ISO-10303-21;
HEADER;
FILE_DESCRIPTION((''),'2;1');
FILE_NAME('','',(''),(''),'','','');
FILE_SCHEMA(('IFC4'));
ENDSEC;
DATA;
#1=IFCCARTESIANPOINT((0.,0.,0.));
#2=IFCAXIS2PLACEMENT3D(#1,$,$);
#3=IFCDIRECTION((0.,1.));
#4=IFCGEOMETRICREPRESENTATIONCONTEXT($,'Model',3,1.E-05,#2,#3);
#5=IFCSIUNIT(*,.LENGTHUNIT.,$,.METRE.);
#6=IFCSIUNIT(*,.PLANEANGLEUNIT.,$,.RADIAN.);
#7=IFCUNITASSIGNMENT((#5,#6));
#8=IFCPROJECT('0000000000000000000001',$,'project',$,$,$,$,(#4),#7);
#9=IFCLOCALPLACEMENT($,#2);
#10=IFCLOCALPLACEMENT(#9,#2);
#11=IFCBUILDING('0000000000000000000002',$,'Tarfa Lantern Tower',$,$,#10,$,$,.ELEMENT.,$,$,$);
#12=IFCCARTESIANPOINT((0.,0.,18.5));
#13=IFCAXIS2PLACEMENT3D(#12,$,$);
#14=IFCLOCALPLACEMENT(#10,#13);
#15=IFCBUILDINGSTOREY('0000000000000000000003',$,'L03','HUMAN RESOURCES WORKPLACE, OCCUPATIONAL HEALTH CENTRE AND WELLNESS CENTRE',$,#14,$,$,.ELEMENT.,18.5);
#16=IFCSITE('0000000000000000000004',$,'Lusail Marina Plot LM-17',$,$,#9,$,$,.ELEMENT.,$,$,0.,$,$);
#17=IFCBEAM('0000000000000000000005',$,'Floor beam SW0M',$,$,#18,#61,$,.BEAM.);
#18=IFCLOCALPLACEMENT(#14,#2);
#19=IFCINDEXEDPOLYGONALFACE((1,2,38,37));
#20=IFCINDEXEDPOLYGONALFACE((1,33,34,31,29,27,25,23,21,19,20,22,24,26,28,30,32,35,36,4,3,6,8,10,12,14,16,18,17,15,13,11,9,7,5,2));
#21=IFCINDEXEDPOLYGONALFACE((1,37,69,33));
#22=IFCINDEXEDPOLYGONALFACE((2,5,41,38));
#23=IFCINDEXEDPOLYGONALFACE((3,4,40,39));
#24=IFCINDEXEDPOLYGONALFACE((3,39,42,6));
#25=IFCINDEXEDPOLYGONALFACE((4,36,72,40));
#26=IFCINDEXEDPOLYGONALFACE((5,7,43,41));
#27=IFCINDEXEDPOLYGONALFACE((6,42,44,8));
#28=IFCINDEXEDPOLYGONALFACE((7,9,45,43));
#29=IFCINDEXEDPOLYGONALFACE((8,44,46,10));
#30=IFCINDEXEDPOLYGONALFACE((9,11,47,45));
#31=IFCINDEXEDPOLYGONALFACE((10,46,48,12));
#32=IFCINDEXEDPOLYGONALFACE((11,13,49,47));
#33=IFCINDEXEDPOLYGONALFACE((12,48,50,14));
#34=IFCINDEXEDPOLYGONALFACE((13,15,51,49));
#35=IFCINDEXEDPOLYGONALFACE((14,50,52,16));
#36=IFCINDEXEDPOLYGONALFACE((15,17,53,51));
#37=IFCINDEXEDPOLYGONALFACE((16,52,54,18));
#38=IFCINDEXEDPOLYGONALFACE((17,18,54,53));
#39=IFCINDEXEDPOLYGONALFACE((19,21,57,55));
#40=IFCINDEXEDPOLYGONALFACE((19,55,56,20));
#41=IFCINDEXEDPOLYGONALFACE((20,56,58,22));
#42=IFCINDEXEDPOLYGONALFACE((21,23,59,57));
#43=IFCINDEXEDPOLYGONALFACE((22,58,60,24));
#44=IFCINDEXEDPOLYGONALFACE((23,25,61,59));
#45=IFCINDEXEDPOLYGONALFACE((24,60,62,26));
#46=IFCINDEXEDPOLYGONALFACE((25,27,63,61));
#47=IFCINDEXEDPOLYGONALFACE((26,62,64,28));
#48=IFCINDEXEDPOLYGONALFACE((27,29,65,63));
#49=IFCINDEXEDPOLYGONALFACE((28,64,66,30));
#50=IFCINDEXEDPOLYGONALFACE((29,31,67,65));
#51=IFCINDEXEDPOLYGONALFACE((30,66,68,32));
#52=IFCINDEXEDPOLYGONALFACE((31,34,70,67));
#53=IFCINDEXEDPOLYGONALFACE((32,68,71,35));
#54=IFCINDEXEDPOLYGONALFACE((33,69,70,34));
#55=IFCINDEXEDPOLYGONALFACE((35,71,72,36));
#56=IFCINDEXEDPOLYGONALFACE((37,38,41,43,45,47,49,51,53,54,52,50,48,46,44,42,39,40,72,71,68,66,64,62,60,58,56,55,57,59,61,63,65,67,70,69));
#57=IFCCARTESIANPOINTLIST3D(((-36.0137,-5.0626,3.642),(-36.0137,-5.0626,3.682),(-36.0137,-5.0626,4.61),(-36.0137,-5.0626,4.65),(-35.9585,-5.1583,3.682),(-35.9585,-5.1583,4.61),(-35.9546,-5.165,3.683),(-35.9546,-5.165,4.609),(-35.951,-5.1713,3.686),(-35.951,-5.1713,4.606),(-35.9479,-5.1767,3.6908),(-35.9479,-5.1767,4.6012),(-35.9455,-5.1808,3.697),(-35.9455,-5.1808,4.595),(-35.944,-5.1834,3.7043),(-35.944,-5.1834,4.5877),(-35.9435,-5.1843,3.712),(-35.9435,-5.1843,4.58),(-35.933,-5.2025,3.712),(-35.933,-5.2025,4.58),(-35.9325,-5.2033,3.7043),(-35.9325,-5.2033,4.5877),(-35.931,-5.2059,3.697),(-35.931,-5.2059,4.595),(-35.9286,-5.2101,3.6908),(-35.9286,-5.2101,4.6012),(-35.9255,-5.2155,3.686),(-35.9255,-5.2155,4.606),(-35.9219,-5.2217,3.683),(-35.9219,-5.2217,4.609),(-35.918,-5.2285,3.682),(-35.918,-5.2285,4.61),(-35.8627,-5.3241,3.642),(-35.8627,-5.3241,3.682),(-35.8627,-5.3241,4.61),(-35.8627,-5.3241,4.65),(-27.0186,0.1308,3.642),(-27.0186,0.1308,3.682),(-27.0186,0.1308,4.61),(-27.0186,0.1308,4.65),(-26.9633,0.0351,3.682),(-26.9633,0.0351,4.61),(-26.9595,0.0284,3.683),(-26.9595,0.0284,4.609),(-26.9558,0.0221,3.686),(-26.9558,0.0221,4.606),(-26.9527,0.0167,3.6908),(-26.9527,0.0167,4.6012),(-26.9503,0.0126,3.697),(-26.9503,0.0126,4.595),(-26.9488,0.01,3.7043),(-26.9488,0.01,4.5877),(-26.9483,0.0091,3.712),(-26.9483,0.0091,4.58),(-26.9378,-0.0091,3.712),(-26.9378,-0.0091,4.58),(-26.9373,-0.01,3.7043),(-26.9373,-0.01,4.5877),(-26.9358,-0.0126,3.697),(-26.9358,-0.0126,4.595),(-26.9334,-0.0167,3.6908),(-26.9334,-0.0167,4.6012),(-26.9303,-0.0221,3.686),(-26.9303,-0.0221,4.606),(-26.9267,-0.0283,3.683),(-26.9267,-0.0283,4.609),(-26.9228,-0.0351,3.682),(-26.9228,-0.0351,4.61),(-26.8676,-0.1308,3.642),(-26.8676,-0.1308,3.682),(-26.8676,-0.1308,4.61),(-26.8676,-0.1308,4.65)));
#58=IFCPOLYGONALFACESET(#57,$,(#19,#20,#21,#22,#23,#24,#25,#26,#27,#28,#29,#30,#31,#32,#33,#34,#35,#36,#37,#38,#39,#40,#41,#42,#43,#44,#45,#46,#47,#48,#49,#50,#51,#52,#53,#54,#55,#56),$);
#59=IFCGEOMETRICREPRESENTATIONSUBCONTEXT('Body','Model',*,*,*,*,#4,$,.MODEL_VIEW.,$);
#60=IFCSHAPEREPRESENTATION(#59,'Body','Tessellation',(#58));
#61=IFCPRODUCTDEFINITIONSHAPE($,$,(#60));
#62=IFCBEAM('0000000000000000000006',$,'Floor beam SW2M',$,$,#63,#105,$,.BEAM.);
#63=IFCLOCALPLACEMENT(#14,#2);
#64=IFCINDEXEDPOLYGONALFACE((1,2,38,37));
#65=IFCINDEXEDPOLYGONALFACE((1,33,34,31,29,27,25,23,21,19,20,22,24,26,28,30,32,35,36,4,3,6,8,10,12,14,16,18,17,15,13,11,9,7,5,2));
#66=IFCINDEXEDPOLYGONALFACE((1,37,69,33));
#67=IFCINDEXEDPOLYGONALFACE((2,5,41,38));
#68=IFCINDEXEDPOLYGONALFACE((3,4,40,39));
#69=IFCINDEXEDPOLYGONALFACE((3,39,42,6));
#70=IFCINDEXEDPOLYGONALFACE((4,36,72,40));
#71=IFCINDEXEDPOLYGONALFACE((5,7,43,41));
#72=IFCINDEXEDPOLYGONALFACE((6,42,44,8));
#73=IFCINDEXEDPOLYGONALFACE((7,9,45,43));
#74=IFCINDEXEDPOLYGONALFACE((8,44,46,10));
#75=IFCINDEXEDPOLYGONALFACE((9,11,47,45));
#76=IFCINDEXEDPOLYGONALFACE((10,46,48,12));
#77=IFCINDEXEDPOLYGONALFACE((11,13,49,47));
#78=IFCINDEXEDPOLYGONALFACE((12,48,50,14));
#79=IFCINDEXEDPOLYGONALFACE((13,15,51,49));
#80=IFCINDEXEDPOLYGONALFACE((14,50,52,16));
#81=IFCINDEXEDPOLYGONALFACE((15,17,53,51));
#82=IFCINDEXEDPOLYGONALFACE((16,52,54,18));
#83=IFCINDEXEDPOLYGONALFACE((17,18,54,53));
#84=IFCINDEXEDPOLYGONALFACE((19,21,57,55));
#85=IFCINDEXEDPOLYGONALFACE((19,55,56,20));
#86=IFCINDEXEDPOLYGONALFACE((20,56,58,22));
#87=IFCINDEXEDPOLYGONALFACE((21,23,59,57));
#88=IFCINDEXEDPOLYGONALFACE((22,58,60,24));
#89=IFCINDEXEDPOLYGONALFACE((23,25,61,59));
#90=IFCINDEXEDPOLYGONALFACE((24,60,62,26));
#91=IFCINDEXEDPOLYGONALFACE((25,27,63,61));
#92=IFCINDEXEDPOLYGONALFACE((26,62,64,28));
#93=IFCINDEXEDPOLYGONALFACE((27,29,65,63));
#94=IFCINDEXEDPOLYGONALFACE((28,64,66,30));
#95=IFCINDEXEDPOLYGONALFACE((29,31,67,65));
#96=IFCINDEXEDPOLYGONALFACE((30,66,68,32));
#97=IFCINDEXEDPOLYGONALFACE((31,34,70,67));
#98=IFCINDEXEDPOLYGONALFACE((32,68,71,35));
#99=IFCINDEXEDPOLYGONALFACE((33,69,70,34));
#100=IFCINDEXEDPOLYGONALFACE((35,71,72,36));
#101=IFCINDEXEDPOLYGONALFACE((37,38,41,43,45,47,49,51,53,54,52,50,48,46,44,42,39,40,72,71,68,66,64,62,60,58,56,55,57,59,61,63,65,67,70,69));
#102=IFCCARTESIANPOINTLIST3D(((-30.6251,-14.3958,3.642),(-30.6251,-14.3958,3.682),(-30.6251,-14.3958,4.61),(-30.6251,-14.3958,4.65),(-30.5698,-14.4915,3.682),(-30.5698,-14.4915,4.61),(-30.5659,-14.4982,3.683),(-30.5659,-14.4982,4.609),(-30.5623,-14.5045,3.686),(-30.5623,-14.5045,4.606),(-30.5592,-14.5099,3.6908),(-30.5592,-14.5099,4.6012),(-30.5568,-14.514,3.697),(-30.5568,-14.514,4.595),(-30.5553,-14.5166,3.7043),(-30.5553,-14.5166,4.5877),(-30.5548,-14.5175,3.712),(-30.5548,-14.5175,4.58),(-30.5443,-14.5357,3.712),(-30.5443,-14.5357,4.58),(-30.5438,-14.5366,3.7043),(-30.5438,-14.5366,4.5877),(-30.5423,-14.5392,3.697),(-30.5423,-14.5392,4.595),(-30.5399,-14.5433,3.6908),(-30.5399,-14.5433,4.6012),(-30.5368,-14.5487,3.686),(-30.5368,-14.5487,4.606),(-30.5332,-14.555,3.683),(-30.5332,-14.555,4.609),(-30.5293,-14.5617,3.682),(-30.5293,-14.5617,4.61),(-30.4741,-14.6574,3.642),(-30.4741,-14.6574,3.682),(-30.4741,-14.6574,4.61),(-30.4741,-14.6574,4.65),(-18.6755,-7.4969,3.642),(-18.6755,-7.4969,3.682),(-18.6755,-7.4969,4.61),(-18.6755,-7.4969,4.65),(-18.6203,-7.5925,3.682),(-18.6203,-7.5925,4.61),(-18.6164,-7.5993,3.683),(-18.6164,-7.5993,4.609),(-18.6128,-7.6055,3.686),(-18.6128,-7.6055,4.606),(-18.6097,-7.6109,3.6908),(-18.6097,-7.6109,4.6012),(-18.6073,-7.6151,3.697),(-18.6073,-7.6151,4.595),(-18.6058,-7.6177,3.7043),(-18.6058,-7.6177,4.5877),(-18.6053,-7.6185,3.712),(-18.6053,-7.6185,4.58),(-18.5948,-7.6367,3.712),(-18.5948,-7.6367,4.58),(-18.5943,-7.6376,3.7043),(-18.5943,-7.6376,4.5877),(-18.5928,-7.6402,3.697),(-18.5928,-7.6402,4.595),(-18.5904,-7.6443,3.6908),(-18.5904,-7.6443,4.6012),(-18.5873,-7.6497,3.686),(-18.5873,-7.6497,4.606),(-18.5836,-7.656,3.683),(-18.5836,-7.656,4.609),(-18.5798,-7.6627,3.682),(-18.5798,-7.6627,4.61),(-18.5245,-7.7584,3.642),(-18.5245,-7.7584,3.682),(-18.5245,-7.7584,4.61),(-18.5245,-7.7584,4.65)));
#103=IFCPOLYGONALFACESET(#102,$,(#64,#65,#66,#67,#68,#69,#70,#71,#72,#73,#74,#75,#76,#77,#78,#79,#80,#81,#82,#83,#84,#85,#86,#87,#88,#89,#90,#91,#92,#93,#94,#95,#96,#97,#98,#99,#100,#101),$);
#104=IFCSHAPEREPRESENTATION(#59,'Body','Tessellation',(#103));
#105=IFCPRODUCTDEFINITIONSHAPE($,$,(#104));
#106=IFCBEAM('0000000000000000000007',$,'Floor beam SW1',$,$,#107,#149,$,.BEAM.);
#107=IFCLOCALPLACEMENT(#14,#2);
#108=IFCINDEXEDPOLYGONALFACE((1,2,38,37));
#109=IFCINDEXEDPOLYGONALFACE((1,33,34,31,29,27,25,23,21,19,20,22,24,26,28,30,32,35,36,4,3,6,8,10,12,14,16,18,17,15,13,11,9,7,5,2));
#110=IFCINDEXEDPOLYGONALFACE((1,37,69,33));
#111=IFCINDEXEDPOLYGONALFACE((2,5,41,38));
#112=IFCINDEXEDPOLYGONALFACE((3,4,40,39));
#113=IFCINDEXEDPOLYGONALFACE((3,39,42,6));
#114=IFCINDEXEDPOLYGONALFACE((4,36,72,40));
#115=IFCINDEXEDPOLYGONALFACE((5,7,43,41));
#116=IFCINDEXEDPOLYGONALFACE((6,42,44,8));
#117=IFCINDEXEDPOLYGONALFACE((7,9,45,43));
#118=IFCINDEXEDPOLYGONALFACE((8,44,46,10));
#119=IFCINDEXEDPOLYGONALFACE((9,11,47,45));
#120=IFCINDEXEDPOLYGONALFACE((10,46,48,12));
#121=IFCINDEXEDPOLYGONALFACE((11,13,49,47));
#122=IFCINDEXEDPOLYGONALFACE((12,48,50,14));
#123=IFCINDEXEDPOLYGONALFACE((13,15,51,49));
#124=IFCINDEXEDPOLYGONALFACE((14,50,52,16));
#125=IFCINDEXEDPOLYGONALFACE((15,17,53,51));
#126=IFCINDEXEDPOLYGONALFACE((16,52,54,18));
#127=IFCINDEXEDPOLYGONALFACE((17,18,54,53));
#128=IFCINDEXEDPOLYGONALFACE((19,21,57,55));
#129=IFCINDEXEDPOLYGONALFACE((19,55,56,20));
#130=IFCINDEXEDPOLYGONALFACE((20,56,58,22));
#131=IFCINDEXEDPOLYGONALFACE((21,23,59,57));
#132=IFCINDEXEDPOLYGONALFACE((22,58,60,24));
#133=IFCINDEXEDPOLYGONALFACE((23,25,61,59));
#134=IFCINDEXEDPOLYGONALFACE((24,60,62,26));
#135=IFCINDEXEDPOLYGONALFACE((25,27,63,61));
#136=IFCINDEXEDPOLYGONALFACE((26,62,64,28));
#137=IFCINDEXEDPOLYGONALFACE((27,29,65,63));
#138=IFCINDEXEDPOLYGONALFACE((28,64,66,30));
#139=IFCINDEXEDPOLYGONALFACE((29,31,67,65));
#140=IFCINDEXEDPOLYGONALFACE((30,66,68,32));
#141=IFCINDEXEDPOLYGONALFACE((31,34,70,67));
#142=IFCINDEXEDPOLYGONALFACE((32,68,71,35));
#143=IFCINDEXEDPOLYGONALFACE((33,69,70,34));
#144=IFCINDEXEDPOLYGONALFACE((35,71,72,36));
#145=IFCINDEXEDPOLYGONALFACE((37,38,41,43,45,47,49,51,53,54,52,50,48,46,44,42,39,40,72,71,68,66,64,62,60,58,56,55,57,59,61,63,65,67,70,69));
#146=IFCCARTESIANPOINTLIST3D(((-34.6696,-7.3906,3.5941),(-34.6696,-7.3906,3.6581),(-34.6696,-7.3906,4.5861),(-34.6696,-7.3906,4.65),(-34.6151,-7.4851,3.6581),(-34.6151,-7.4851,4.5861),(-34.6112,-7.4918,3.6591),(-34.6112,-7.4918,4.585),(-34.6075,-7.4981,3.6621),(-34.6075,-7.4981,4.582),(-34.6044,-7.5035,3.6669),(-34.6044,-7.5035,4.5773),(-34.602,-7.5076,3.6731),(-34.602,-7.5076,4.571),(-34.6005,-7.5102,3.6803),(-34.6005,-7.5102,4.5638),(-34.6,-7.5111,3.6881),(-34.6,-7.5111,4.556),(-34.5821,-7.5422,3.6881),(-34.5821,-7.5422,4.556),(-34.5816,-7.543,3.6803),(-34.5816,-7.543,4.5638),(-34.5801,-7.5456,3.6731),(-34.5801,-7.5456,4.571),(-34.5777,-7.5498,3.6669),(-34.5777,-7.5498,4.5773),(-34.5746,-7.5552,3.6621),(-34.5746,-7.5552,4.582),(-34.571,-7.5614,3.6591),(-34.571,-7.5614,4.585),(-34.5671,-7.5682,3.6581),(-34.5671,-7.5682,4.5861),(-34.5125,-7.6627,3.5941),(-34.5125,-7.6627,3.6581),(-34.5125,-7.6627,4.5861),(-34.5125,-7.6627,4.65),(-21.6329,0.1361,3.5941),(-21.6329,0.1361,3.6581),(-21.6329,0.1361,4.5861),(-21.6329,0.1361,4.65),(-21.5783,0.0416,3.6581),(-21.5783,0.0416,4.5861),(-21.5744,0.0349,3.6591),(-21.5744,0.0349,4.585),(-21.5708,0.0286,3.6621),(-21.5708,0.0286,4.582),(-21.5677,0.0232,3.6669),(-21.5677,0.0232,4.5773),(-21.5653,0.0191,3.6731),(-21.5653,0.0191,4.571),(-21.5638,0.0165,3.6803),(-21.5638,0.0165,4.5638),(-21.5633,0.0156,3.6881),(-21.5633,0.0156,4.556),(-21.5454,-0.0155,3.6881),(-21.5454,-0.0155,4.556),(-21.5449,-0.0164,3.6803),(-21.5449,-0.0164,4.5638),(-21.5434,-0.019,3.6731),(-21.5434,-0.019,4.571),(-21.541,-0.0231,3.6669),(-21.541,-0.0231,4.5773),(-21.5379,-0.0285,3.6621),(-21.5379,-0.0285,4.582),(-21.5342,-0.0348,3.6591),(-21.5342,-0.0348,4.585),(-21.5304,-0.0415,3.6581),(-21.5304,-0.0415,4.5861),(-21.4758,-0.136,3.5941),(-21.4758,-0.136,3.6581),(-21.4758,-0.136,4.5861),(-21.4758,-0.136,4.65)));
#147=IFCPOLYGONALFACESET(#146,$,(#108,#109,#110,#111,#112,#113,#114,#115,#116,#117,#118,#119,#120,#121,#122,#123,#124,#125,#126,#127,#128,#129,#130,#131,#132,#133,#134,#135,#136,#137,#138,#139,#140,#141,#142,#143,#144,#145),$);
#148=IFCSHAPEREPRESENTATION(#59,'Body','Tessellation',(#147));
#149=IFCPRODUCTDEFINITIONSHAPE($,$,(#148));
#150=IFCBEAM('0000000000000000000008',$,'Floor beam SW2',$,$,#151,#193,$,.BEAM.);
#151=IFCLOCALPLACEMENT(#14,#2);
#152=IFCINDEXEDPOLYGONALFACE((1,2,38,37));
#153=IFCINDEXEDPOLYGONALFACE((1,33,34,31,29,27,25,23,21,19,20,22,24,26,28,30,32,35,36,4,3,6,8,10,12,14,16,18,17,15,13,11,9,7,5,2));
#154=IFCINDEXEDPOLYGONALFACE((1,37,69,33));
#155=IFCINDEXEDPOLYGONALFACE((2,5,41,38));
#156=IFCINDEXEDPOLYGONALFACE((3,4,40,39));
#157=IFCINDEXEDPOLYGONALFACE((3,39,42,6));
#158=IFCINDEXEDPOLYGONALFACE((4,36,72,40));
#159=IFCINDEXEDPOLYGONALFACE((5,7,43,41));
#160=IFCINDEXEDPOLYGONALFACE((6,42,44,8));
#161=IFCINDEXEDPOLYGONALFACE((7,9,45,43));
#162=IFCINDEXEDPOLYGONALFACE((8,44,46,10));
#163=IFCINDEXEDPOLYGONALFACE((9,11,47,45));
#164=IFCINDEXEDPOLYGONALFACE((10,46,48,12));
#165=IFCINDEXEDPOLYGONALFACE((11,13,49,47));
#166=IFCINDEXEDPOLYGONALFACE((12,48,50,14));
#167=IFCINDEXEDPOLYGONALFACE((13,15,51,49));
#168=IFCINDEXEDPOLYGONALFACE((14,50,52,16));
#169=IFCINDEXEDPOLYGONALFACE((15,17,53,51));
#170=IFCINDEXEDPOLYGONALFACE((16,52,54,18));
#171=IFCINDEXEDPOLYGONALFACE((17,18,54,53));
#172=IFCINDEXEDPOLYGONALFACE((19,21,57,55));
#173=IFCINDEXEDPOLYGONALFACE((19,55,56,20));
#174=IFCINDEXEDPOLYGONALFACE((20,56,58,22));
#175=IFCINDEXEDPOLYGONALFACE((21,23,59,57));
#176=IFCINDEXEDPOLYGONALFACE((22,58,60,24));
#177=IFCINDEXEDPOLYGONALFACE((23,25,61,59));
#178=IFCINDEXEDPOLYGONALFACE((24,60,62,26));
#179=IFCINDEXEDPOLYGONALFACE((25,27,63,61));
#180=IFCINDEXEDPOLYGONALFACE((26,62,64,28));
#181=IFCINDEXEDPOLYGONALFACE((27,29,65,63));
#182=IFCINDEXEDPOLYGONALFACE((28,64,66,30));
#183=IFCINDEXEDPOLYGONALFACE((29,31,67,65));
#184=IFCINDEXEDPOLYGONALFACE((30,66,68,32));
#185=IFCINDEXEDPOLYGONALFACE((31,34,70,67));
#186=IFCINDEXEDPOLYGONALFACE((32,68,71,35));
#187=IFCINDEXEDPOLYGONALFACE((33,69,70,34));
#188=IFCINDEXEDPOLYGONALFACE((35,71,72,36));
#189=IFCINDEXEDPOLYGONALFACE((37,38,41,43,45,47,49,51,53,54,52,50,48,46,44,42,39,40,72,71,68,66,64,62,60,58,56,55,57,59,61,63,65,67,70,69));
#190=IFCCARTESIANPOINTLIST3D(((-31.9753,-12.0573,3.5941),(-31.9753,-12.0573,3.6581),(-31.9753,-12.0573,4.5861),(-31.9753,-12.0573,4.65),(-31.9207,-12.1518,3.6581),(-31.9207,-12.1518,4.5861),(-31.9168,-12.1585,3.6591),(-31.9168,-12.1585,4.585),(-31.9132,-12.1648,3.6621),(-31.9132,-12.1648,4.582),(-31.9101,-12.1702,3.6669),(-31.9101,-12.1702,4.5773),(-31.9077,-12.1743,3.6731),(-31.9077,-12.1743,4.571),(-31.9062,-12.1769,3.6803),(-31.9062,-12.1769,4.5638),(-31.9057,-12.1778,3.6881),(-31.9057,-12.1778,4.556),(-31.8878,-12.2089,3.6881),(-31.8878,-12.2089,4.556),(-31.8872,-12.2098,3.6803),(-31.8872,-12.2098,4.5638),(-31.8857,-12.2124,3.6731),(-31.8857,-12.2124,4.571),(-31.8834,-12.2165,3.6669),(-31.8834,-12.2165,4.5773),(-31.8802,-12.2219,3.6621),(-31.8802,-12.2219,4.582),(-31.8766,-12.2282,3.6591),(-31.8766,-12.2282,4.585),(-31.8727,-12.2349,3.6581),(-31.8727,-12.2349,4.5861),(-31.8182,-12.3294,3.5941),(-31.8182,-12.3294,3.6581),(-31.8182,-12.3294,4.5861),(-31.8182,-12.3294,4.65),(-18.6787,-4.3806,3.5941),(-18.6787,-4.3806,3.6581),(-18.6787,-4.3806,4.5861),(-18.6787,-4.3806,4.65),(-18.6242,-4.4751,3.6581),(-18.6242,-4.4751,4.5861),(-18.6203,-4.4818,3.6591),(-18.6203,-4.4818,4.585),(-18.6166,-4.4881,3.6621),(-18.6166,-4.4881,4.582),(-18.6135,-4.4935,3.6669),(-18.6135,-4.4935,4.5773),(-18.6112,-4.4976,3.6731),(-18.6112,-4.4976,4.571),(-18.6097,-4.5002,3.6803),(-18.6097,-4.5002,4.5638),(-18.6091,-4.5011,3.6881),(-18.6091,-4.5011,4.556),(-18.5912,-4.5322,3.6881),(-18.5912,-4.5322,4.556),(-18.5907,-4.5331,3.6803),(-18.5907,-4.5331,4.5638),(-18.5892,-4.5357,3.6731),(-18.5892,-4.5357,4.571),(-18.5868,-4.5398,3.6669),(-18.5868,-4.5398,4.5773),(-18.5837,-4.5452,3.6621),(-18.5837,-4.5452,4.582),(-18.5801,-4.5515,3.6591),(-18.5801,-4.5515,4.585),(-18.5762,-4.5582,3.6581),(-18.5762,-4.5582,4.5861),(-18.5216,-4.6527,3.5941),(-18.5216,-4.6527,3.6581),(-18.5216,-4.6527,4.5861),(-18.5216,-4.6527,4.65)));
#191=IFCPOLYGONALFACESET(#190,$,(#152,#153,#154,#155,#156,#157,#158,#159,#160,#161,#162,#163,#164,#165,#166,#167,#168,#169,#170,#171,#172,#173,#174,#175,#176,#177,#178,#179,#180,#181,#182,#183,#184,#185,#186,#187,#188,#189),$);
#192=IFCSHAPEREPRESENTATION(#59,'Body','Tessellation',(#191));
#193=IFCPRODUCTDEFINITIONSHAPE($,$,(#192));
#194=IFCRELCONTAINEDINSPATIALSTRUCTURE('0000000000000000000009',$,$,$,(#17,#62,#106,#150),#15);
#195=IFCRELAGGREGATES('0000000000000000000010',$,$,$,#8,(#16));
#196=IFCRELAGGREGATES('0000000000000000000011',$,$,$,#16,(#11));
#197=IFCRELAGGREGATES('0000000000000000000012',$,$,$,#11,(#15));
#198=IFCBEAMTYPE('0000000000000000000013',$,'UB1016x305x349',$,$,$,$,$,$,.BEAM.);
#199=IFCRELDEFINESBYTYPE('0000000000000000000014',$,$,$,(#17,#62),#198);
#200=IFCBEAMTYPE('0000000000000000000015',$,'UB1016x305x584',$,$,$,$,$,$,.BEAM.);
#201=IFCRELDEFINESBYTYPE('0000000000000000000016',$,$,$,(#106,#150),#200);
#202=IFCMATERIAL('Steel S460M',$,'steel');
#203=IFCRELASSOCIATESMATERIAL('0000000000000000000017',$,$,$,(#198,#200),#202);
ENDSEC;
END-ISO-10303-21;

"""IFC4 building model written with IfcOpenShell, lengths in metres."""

from ifc_helpers import new_model, si_unit, direction, frame, origin, origin_2d, place, context, subcontext, project, spatial, i_section, extrude, material, material_profile, profile_set, type_object, element, save


model = new_model("IFC4")

# Units and contexts
model_context = context("Model", 3, precision=1e-05, world=origin(), true_north=direction((0.0, 1.0)))
body_context = subcontext(model_context, "Body", "Model", "MODEL_VIEW")
ifc_project = project(units=[si_unit("LENGTHUNIT", "METRE"), si_unit("PLANEANGLEUNIT", "RADIAN")], contexts=[model_context])

# Site, building, storey
site_placement = place(None, origin())
site = spatial("IfcSite", under=ifc_project, at=site_placement, Name="Lusail Marina Plot LM-17", CompositionType="ELEMENT", RefElevation=0.0)
building_placement = place(site_placement, origin())
building = spatial("IfcBuilding", under=site, at=building_placement, Name="Tarfa Lantern Tower", CompositionType="ELEMENT")
storey_placement = place(building_placement, frame((0.0, 0.0, 18.5)))
storey = spatial("IfcBuildingStorey", under=building, at=storey_placement, Name="L03", Description="HUMAN RESOURCES WORKPLACE, OCCUPATIONAL HEALTH CENTRE AND WELLNESS CENTRE", CompositionType="ELEMENT", Elevation=18.5)

# Beams
ifc_material_1 = material(Name="Steel S460M", Category="steel")
ifc_material_profile_1 = material_profile(ifc_material_1, i_section(OverallWidth=0.302, OverallDepth=1.0081, WebThickness=0.021, FlangeThickness=0.04, FilletRadius=0.03, at=origin_2d()), Name="UB1016x305x349")
ifc_profile_set_1 = profile_set([ifc_material_profile_1], Name="Steel S460M")
beam_type_1 = type_object("IfcBeamType", Name="UB1016x305x349", PredefinedType="BEAM", material=ifc_profile_set_1)
beam_1_placement = place(storey_placement, frame((-35.9382, -5.1934, 4.146), z_axis=(0.866024, 0.500002, 0.0), x_axis=(-0.500002, 0.866024, 0.0)))
element("IfcBeam", 1, at=beam_1_placement, inside=storey, type_object=beam_type_1, Name="Floor beam SW0M", PredefinedType="BEAM", context=body_context, shape_type="SweptSolid", body=[
    extrude(i_section(OverallWidth=0.302, OverallDepth=1.0081, WebThickness=0.021, FlangeThickness=0.04, FilletRadius=0.03, at=origin_2d()), origin(), (0.0, 0.0, 1.0), 10.3867),
])
beam_2_placement = place(storey_placement, frame((-30.5496, -14.5266, 4.146), z_axis=(0.866029, 0.499995, 0.0), x_axis=(-0.499995, 0.866029, 0.0)))
element("IfcBeam", 2, at=beam_2_placement, inside=storey, type_object=beam_type_1, Name="Floor beam SW2M", PredefinedType="BEAM", context=body_context, shape_type="SweptSolid", body=[
    extrude(i_section(OverallWidth=0.302, OverallDepth=1.0081, WebThickness=0.021, FlangeThickness=0.04, FilletRadius=0.03, at=origin_2d()), origin(), (0.0, 0.0, 1.0), 13.7981),
])
ifc_material_profile_2 = material_profile(ifc_material_1, i_section(OverallWidth=0.3142, OverallDepth=1.0559, WebThickness=0.0359, FlangeThickness=0.064, FilletRadius=0.03, at=origin_2d()), Name="UB1016x305x584")
ifc_profile_set_2 = profile_set([ifc_material_profile_2], Name="Steel S460M")
beam_type_2 = type_object("IfcBeamType", Name="UB1016x305x584", PredefinedType="BEAM", material=ifc_profile_set_2)
beam_3_placement = place(storey_placement, frame((-34.5911, -7.5266, 4.1221), z_axis=(0.866028, 0.499996, 0.0), x_axis=(-0.499996, 0.866028, 0.0)))
element("IfcBeam", 3, at=beam_3_placement, inside=storey, type_object=beam_type_2, Name="Floor beam SW1", PredefinedType="BEAM", context=body_context, shape_type="SweptSolid", body=[
    extrude(i_section(OverallWidth=0.3142, OverallDepth=1.0559, WebThickness=0.0359, FlangeThickness=0.064, FilletRadius=0.03, at=origin_2d()), origin(), (0.0, 0.0, 1.0), 15.0535),
])
beam_4_placement = place(storey_placement, frame((-31.8967, -12.1934, 4.1221), z_axis=(0.866027, 0.499997, 0.0), x_axis=(-0.499997, 0.866027, 0.0)))
element("IfcBeam", 4, at=beam_4_placement, inside=storey, type_object=beam_type_2, Name="Floor beam SW2", PredefinedType="BEAM", context=body_context, shape_type="SweptSolid", body=[
    extrude(i_section(OverallWidth=0.3142, OverallDepth=1.0559, WebThickness=0.0359, FlangeThickness=0.064, FilletRadius=0.03, at=origin_2d()), origin(), (0.0, 0.0, 1.0), 15.3535),
])

save(model, "model.ifc")
